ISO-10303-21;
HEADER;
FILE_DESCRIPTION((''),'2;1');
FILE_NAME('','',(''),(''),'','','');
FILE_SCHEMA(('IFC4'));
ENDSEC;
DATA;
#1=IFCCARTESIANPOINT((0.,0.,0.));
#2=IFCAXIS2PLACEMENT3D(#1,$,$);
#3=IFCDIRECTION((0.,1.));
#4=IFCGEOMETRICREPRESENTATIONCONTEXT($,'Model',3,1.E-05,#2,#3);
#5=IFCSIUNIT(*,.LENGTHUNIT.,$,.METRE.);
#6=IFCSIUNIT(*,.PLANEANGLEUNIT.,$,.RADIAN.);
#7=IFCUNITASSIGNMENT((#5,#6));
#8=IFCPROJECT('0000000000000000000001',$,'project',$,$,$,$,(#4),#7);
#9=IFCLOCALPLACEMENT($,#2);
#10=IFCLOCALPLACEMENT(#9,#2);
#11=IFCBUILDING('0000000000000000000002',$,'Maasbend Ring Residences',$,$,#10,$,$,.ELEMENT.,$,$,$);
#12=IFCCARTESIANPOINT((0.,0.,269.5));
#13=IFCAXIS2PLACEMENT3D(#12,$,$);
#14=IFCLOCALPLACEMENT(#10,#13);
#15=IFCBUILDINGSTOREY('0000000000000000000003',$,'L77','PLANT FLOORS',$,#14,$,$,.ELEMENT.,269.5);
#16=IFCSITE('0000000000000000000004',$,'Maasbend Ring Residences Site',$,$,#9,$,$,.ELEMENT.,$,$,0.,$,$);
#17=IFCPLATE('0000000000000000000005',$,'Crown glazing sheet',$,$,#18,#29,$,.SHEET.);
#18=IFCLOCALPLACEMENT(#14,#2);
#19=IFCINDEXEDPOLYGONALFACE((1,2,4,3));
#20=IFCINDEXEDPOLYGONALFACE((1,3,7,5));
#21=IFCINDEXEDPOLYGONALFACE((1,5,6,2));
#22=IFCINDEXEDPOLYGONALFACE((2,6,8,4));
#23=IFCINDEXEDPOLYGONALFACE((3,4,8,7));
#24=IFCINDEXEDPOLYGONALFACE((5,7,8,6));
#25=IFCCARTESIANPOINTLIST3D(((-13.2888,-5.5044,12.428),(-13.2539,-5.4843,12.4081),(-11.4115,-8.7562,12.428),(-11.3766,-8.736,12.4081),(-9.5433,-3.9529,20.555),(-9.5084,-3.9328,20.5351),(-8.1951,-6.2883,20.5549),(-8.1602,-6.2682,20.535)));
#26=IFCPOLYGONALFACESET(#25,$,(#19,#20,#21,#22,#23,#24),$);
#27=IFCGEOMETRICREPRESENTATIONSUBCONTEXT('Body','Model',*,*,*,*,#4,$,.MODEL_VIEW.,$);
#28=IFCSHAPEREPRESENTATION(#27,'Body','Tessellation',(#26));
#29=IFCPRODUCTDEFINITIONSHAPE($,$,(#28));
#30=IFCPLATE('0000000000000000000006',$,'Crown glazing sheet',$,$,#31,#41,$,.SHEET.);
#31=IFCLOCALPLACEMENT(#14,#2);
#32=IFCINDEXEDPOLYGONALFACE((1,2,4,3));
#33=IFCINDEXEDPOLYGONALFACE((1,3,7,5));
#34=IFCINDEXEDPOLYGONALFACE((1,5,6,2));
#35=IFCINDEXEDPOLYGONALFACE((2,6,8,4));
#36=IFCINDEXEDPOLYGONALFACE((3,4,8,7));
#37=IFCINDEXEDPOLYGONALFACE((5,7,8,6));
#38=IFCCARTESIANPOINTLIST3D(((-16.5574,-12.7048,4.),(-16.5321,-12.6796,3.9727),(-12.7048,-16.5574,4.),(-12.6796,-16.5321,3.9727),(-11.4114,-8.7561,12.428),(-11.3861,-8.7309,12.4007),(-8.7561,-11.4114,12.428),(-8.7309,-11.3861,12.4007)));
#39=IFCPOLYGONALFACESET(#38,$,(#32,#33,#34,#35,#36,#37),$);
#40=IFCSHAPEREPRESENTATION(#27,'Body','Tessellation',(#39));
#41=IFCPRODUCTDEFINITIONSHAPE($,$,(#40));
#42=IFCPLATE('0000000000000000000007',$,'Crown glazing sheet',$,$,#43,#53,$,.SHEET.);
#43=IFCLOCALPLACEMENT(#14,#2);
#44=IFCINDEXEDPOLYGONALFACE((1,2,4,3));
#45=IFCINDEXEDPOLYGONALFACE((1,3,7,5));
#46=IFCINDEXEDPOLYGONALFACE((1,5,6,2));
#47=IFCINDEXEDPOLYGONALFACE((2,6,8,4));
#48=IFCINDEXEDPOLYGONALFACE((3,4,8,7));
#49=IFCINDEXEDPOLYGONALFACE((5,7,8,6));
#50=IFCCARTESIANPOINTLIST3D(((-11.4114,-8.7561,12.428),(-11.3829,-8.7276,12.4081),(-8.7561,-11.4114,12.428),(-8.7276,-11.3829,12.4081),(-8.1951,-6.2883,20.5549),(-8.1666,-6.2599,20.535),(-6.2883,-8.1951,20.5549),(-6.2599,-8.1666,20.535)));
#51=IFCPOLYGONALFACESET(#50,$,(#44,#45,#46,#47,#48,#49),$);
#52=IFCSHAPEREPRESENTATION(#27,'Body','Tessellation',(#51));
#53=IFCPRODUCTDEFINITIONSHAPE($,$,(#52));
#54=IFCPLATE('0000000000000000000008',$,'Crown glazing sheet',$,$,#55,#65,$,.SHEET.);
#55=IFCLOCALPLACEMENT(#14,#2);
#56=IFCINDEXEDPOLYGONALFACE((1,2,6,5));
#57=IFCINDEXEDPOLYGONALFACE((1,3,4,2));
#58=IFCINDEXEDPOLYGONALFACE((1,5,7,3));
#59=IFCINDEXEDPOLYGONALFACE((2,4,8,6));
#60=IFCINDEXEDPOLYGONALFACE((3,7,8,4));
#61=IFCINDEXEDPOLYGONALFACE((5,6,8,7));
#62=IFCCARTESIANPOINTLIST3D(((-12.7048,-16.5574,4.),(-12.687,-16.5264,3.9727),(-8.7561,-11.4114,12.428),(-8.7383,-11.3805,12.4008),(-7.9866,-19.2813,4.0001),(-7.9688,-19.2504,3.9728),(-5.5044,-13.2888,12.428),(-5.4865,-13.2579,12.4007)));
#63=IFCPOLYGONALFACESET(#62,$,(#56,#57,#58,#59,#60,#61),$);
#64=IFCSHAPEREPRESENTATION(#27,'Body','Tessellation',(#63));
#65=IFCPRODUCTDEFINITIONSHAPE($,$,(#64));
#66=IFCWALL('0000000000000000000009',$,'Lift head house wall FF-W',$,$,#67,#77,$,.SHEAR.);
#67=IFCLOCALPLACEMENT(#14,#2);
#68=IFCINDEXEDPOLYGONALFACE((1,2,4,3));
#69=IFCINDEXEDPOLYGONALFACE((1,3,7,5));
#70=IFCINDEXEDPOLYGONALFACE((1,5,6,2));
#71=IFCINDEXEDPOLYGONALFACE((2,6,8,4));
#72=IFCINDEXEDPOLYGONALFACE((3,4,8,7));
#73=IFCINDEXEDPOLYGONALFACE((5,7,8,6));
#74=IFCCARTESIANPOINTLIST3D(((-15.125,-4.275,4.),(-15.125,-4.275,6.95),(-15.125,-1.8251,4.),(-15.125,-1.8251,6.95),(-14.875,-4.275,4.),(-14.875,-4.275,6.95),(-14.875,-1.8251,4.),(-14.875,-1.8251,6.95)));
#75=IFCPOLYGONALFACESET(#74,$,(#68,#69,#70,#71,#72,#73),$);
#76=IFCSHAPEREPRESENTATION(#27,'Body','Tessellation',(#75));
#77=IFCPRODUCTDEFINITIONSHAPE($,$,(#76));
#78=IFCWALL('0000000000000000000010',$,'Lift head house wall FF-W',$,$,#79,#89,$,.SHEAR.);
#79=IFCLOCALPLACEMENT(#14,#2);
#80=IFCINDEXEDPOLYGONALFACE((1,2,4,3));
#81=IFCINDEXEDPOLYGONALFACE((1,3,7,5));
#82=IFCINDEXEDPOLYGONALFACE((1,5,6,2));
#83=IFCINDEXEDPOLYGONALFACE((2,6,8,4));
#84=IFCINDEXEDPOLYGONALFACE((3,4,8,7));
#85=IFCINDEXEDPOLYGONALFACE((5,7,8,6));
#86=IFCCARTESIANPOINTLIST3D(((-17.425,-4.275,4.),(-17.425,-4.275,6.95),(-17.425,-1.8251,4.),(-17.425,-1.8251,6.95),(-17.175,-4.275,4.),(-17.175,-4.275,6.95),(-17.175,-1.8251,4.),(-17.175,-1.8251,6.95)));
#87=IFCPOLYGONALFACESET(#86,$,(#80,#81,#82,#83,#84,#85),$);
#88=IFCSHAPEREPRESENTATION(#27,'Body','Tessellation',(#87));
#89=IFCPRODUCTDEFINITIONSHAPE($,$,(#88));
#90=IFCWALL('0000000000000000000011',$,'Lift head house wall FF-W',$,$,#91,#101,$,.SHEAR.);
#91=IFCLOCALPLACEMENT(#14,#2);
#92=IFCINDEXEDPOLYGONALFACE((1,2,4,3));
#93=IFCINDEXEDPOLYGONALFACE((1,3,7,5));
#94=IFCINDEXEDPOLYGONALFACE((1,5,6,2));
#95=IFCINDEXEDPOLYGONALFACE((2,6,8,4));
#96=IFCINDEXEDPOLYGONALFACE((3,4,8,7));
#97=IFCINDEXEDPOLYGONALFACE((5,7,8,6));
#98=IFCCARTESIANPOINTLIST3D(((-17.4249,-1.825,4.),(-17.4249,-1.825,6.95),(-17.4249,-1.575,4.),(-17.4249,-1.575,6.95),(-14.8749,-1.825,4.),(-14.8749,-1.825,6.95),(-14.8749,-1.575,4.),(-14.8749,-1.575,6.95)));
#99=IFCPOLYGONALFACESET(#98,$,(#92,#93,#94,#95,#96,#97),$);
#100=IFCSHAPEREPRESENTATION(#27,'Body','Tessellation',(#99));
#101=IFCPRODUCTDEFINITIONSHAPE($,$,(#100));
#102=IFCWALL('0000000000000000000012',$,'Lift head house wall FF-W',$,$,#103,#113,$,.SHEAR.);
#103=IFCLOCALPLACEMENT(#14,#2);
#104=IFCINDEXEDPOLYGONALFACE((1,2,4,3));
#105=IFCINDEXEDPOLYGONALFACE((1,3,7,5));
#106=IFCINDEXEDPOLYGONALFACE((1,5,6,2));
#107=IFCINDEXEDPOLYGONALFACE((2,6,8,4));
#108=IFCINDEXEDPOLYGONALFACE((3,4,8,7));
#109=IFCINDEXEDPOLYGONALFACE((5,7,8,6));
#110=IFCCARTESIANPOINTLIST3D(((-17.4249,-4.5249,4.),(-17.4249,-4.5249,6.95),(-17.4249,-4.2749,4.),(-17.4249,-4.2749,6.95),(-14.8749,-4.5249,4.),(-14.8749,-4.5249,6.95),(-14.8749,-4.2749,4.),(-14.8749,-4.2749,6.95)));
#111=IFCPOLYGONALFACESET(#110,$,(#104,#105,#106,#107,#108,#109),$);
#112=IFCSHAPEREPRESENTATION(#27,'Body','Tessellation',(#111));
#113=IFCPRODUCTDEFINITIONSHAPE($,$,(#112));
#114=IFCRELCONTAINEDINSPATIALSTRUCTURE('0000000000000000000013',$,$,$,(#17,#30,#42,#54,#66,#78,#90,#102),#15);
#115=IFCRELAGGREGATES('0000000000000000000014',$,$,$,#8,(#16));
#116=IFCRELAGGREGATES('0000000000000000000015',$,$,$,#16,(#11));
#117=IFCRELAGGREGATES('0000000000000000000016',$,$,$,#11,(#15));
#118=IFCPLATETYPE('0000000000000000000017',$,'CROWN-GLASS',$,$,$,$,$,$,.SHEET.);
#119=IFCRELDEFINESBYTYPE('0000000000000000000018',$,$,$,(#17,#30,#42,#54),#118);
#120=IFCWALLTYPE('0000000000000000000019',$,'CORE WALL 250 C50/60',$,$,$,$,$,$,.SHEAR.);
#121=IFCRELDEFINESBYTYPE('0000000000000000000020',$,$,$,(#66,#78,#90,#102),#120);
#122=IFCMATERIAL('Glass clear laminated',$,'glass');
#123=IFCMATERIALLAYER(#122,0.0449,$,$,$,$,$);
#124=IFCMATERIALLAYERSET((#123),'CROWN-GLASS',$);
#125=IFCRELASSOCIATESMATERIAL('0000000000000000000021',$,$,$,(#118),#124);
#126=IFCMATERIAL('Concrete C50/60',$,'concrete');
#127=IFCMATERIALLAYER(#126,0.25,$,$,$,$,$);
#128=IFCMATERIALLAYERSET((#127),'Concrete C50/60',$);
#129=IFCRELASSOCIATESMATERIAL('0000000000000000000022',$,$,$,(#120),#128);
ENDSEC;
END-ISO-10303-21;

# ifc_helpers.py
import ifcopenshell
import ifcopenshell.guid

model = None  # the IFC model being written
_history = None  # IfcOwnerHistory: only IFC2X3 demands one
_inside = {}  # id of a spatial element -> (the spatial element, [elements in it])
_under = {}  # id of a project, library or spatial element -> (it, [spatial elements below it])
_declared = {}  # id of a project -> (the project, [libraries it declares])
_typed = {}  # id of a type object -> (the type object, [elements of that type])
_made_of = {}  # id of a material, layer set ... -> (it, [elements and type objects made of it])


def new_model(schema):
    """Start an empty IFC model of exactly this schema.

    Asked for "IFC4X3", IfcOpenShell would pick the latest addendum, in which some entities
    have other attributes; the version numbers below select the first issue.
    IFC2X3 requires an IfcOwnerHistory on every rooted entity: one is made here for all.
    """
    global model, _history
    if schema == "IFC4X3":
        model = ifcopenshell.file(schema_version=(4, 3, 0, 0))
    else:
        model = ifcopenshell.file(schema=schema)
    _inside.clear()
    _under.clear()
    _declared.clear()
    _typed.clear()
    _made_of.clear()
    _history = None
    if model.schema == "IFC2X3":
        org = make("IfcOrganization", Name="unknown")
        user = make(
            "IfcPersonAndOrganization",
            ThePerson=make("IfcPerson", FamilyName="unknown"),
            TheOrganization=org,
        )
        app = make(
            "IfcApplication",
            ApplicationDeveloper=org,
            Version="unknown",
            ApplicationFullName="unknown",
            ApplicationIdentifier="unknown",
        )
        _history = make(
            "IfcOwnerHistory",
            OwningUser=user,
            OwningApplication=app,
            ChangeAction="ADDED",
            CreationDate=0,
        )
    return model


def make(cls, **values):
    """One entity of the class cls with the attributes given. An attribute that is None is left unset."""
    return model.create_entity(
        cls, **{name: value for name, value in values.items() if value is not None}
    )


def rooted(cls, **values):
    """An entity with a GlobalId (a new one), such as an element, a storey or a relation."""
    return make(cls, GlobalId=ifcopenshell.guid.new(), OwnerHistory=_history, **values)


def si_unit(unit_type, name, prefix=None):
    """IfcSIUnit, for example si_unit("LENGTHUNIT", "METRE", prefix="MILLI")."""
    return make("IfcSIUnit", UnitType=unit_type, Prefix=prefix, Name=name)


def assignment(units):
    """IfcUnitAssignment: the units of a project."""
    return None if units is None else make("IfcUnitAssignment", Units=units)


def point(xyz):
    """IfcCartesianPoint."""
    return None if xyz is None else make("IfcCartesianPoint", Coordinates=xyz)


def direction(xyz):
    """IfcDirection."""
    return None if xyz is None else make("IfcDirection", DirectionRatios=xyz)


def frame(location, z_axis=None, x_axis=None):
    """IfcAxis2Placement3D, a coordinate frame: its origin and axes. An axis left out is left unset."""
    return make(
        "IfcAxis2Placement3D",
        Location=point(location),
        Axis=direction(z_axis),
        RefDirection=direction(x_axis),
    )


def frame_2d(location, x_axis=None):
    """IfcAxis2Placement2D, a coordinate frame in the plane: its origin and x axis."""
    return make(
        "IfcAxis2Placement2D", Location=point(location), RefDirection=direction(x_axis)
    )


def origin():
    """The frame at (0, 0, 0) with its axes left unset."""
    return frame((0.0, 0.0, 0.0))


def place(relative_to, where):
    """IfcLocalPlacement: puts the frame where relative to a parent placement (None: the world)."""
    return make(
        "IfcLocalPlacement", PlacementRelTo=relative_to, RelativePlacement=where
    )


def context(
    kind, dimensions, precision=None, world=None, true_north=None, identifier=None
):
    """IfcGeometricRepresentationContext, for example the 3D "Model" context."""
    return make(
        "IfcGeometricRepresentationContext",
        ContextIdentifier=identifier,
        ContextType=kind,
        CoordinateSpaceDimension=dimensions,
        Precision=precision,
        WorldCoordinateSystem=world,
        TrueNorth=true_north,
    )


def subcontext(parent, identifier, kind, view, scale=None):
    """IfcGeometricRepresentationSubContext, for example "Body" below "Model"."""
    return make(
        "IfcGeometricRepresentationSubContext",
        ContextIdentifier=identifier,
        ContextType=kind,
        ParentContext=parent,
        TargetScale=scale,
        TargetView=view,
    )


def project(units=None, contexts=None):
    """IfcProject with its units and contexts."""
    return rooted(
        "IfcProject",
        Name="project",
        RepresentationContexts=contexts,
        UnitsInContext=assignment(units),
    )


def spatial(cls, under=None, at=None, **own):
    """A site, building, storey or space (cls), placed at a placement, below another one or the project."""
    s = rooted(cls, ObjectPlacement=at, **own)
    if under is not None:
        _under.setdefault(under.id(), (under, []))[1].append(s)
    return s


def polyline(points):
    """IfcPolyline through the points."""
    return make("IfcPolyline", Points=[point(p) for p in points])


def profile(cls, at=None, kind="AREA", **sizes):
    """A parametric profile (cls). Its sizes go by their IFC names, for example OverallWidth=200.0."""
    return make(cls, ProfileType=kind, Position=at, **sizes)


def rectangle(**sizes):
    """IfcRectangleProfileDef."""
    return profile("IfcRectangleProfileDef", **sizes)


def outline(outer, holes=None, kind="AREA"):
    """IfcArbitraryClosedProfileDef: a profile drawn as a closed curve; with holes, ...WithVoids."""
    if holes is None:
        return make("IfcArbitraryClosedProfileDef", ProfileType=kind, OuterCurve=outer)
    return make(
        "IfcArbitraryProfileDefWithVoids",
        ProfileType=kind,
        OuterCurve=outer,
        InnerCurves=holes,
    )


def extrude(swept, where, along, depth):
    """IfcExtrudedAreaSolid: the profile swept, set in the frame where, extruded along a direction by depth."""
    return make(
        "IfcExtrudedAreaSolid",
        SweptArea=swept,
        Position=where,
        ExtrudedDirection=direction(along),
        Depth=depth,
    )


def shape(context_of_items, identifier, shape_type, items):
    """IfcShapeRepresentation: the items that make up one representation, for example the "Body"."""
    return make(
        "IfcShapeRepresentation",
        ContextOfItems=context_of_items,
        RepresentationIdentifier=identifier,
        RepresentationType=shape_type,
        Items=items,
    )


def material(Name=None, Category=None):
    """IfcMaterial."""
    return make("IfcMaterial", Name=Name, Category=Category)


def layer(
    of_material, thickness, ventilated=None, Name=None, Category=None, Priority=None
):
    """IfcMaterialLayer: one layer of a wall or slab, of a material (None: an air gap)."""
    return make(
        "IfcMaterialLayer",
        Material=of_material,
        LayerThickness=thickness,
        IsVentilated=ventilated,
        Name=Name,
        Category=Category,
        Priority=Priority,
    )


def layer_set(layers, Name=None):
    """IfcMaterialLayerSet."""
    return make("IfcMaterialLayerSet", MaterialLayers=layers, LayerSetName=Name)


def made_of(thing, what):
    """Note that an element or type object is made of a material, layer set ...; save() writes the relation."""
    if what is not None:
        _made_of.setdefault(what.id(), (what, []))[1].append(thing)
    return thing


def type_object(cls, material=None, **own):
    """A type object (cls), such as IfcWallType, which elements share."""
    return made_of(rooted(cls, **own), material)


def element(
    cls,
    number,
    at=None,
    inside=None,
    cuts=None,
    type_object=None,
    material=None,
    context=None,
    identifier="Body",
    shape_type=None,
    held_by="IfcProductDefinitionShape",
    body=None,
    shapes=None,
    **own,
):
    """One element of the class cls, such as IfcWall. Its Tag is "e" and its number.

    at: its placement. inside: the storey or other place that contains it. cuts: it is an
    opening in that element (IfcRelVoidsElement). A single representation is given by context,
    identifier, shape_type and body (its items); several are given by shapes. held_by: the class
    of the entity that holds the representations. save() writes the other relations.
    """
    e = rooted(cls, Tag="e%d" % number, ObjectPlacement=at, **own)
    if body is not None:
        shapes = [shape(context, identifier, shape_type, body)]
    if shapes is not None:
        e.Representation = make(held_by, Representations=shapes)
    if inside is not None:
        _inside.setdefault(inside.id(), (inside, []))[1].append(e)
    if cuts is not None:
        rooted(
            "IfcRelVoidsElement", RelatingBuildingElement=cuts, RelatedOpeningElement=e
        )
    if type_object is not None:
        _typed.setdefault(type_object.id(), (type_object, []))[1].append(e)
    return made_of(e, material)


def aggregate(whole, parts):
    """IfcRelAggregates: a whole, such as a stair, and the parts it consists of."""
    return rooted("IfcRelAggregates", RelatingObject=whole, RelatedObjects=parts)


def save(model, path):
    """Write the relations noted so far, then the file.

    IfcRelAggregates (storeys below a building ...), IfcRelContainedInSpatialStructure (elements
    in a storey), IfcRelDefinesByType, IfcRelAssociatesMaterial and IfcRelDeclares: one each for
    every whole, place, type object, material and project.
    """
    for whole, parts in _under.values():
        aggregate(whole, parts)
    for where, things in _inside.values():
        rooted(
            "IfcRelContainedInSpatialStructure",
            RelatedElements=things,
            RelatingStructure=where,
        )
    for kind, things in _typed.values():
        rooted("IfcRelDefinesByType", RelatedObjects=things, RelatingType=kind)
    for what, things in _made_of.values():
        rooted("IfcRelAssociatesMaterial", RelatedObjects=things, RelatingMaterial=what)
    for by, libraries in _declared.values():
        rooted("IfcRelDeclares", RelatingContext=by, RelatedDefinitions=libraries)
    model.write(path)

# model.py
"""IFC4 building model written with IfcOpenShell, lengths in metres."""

from ifc_helpers import new_model, si_unit, direction, frame, frame_2d, origin, place, context, subcontext, project, spatial, polyline, rectangle, outline, extrude, material, layer, layer_set, type_object, element, save


model = new_model("IFC4")

# Units and contexts
model_context = context("Model", 3, precision=1e-05, world=origin(), true_north=direction((0.0, 1.0)))
body_context = subcontext(model_context, "Body", "Model", "MODEL_VIEW")
ifc_project = project(units=[si_unit("LENGTHUNIT", "METRE"), si_unit("PLANEANGLEUNIT", "RADIAN")], contexts=[model_context])

# Site, building, storey
site_placement = place(None, origin())
site = spatial("IfcSite", under=ifc_project, at=site_placement, Name="Maasbend Ring Residences Site", CompositionType="ELEMENT", RefElevation=0.0)
building_placement = place(site_placement, origin())
building = spatial("IfcBuilding", under=site, at=building_placement, Name="Maasbend Ring Residences", CompositionType="ELEMENT")
storey_placement = place(building_placement, frame((0.0, 0.0, 269.5)))
storey = spatial("IfcBuildingStorey", under=building, at=storey_placement, Name="L77", Description="PLANT FLOORS", CompositionType="ELEMENT", Elevation=269.5)

# Plates
ifc_material_1 = material(Name="Glass clear laminated", Category="glass")
ifc_layer_1 = layer(ifc_material_1, 0.0449)
ifc_layer_set_1 = layer_set([ifc_layer_1], Name="CROWN-GLASS")
plate_type = type_object("IfcPlateType", Name="CROWN-GLASS", PredefinedType="SHEET", material=ifc_layer_set_1)
plate_1_placement = place(storey_placement, frame((-13.2888, -5.5044, 12.428), z_axis=(-0.776282, -0.448164, 0.443322), x_axis=(0.499988, -0.866033, 0.000015)))
element("IfcPlate", 1, at=plate_1_placement, inside=storey, type_object=plate_type, Name="Crown glazing sheet", PredefinedType="SHEET", context=body_context, shape_type="SweptSolid", body=[
    extrude(outline(polyline([(0.0, 0.0), (3.7548, 0.0), (3.2258, 9.0665), (0.5292, 9.0666), (0.0, 0.0)])), origin(), (0.0, 0.0, -1.0), 0.0449),
])
plate_2_placement = place(storey_placement, frame((-16.5574, -12.7048, 4.0), z_axis=(-0.562146, -0.562146, 0.606618), x_axis=(0.707107, -0.707107, 0.0)))
element("IfcPlate", 2, at=plate_2_placement, inside=storey, type_object=plate_type, Name="Crown glazing sheet", PredefinedType="SHEET", context=body_context, shape_type="SweptSolid", body=[
    extrude(outline(polyline([(0.0, 0.0), (5.4483, 0.0), (4.6017, 10.6013), (0.8466, 10.6013), (0.0, 0.0)])), origin(), (0.0, 0.0, -1.0), 0.0449),
])
plate_3_placement = place(storey_placement, frame((-11.4114, -8.7561, 12.428), z_axis=(-0.633829, -0.633829, 0.443307), x_axis=(0.707107, -0.707107, 0.0)))
element("IfcPlate", 3, at=plate_3_placement, inside=storey, type_object=plate_type, Name="Crown glazing sheet", PredefinedType="SHEET", context=body_context, shape_type="SweptSolid", body=[
    extrude(outline(polyline([(0.0, 0.0), (3.7551, 0.0), (3.2258, 9.0665), (0.5293, 9.0665), (0.0, 0.0)])), origin(), (0.0, 0.0, -1.0), 0.0449),
])
plate_4_placement = place(storey_placement, frame((-12.7048, -16.5574, 4.0), z_axis=(-0.39749, -0.688496, 0.606609), x_axis=(0.866036, -0.499982, 0.00001)))
element("IfcPlate", 4, at=plate_4_placement, inside=storey, type_object=plate_type, Name="Crown glazing sheet", PredefinedType="SHEET", context=body_context, shape_type="SweptSolid", body=[
    extrude(outline(polyline([(0.0, 0.0), (5.4481, 0.0), (4.6017, 10.6012), (0.8469, 10.6013), (0.0, 0.0)])), origin(), (0.0, 0.0, -1.0), 0.0449),
])

# Walls
ifc_material_2 = material(Name="Concrete C50/60", Category="concrete")
ifc_layer_2 = layer(ifc_material_2, 0.25)
ifc_layer_set_2 = layer_set([ifc_layer_2], Name="Concrete C50/60")
wall_type = type_object("IfcWallType", Name="CORE WALL 250 C50/60", PredefinedType="SHEAR", material=ifc_layer_set_2)
for number, where, z_axis, x_axis, name in (
    (5, (-15.0, -1.825, 4.0), (0.0, 0.0, 1.0), (0.0, -1.0, 0.0), "Lift head house wall FF-W"),
    (6, (-17.3, -1.825, 4.0), (0.0, 0.0, 1.0), (0.0, -1.0, 0.0), "Lift head house wall FF-W"),
):
    element("IfcWall", number, at=place(storey_placement, frame(where, z_axis=z_axis, x_axis=x_axis)), inside=storey, type_object=wall_type, Name=name, PredefinedType="SHEAR", context=body_context, shape_type="SweptSolid", body=[
        extrude(rectangle(XDim=2.45, YDim=0.25, at=frame_2d((1.2251, 0.0))), origin(), (0.0, 0.0, 1.0), 2.95),
    ])
for number, where, z_axis, x_axis, name in (
    (7, (-14.875, -1.7, 4.0), (0.0, 0.0, 1.0), (-1.0, 0.0, 0.0), "Lift head house wall FF-W"),
    (8, (-14.875, -4.3999, 4.0), (0.0, 0.0, 1.0), (-1.0, 0.0, 0.0), "Lift head house wall FF-W"),
):
    element("IfcWall", number, at=place(storey_placement, frame(where, z_axis=z_axis, x_axis=x_axis)), inside=storey, type_object=wall_type, Name=name, PredefinedType="SHEAR", context=body_context, shape_type="SweptSolid", body=[
        extrude(rectangle(XDim=2.55, YDim=0.25, at=frame_2d((1.2749, 0.0))), origin(), (0.0, 0.0, 1.0), 2.95),
    ])

save(model, "model.ifc")
